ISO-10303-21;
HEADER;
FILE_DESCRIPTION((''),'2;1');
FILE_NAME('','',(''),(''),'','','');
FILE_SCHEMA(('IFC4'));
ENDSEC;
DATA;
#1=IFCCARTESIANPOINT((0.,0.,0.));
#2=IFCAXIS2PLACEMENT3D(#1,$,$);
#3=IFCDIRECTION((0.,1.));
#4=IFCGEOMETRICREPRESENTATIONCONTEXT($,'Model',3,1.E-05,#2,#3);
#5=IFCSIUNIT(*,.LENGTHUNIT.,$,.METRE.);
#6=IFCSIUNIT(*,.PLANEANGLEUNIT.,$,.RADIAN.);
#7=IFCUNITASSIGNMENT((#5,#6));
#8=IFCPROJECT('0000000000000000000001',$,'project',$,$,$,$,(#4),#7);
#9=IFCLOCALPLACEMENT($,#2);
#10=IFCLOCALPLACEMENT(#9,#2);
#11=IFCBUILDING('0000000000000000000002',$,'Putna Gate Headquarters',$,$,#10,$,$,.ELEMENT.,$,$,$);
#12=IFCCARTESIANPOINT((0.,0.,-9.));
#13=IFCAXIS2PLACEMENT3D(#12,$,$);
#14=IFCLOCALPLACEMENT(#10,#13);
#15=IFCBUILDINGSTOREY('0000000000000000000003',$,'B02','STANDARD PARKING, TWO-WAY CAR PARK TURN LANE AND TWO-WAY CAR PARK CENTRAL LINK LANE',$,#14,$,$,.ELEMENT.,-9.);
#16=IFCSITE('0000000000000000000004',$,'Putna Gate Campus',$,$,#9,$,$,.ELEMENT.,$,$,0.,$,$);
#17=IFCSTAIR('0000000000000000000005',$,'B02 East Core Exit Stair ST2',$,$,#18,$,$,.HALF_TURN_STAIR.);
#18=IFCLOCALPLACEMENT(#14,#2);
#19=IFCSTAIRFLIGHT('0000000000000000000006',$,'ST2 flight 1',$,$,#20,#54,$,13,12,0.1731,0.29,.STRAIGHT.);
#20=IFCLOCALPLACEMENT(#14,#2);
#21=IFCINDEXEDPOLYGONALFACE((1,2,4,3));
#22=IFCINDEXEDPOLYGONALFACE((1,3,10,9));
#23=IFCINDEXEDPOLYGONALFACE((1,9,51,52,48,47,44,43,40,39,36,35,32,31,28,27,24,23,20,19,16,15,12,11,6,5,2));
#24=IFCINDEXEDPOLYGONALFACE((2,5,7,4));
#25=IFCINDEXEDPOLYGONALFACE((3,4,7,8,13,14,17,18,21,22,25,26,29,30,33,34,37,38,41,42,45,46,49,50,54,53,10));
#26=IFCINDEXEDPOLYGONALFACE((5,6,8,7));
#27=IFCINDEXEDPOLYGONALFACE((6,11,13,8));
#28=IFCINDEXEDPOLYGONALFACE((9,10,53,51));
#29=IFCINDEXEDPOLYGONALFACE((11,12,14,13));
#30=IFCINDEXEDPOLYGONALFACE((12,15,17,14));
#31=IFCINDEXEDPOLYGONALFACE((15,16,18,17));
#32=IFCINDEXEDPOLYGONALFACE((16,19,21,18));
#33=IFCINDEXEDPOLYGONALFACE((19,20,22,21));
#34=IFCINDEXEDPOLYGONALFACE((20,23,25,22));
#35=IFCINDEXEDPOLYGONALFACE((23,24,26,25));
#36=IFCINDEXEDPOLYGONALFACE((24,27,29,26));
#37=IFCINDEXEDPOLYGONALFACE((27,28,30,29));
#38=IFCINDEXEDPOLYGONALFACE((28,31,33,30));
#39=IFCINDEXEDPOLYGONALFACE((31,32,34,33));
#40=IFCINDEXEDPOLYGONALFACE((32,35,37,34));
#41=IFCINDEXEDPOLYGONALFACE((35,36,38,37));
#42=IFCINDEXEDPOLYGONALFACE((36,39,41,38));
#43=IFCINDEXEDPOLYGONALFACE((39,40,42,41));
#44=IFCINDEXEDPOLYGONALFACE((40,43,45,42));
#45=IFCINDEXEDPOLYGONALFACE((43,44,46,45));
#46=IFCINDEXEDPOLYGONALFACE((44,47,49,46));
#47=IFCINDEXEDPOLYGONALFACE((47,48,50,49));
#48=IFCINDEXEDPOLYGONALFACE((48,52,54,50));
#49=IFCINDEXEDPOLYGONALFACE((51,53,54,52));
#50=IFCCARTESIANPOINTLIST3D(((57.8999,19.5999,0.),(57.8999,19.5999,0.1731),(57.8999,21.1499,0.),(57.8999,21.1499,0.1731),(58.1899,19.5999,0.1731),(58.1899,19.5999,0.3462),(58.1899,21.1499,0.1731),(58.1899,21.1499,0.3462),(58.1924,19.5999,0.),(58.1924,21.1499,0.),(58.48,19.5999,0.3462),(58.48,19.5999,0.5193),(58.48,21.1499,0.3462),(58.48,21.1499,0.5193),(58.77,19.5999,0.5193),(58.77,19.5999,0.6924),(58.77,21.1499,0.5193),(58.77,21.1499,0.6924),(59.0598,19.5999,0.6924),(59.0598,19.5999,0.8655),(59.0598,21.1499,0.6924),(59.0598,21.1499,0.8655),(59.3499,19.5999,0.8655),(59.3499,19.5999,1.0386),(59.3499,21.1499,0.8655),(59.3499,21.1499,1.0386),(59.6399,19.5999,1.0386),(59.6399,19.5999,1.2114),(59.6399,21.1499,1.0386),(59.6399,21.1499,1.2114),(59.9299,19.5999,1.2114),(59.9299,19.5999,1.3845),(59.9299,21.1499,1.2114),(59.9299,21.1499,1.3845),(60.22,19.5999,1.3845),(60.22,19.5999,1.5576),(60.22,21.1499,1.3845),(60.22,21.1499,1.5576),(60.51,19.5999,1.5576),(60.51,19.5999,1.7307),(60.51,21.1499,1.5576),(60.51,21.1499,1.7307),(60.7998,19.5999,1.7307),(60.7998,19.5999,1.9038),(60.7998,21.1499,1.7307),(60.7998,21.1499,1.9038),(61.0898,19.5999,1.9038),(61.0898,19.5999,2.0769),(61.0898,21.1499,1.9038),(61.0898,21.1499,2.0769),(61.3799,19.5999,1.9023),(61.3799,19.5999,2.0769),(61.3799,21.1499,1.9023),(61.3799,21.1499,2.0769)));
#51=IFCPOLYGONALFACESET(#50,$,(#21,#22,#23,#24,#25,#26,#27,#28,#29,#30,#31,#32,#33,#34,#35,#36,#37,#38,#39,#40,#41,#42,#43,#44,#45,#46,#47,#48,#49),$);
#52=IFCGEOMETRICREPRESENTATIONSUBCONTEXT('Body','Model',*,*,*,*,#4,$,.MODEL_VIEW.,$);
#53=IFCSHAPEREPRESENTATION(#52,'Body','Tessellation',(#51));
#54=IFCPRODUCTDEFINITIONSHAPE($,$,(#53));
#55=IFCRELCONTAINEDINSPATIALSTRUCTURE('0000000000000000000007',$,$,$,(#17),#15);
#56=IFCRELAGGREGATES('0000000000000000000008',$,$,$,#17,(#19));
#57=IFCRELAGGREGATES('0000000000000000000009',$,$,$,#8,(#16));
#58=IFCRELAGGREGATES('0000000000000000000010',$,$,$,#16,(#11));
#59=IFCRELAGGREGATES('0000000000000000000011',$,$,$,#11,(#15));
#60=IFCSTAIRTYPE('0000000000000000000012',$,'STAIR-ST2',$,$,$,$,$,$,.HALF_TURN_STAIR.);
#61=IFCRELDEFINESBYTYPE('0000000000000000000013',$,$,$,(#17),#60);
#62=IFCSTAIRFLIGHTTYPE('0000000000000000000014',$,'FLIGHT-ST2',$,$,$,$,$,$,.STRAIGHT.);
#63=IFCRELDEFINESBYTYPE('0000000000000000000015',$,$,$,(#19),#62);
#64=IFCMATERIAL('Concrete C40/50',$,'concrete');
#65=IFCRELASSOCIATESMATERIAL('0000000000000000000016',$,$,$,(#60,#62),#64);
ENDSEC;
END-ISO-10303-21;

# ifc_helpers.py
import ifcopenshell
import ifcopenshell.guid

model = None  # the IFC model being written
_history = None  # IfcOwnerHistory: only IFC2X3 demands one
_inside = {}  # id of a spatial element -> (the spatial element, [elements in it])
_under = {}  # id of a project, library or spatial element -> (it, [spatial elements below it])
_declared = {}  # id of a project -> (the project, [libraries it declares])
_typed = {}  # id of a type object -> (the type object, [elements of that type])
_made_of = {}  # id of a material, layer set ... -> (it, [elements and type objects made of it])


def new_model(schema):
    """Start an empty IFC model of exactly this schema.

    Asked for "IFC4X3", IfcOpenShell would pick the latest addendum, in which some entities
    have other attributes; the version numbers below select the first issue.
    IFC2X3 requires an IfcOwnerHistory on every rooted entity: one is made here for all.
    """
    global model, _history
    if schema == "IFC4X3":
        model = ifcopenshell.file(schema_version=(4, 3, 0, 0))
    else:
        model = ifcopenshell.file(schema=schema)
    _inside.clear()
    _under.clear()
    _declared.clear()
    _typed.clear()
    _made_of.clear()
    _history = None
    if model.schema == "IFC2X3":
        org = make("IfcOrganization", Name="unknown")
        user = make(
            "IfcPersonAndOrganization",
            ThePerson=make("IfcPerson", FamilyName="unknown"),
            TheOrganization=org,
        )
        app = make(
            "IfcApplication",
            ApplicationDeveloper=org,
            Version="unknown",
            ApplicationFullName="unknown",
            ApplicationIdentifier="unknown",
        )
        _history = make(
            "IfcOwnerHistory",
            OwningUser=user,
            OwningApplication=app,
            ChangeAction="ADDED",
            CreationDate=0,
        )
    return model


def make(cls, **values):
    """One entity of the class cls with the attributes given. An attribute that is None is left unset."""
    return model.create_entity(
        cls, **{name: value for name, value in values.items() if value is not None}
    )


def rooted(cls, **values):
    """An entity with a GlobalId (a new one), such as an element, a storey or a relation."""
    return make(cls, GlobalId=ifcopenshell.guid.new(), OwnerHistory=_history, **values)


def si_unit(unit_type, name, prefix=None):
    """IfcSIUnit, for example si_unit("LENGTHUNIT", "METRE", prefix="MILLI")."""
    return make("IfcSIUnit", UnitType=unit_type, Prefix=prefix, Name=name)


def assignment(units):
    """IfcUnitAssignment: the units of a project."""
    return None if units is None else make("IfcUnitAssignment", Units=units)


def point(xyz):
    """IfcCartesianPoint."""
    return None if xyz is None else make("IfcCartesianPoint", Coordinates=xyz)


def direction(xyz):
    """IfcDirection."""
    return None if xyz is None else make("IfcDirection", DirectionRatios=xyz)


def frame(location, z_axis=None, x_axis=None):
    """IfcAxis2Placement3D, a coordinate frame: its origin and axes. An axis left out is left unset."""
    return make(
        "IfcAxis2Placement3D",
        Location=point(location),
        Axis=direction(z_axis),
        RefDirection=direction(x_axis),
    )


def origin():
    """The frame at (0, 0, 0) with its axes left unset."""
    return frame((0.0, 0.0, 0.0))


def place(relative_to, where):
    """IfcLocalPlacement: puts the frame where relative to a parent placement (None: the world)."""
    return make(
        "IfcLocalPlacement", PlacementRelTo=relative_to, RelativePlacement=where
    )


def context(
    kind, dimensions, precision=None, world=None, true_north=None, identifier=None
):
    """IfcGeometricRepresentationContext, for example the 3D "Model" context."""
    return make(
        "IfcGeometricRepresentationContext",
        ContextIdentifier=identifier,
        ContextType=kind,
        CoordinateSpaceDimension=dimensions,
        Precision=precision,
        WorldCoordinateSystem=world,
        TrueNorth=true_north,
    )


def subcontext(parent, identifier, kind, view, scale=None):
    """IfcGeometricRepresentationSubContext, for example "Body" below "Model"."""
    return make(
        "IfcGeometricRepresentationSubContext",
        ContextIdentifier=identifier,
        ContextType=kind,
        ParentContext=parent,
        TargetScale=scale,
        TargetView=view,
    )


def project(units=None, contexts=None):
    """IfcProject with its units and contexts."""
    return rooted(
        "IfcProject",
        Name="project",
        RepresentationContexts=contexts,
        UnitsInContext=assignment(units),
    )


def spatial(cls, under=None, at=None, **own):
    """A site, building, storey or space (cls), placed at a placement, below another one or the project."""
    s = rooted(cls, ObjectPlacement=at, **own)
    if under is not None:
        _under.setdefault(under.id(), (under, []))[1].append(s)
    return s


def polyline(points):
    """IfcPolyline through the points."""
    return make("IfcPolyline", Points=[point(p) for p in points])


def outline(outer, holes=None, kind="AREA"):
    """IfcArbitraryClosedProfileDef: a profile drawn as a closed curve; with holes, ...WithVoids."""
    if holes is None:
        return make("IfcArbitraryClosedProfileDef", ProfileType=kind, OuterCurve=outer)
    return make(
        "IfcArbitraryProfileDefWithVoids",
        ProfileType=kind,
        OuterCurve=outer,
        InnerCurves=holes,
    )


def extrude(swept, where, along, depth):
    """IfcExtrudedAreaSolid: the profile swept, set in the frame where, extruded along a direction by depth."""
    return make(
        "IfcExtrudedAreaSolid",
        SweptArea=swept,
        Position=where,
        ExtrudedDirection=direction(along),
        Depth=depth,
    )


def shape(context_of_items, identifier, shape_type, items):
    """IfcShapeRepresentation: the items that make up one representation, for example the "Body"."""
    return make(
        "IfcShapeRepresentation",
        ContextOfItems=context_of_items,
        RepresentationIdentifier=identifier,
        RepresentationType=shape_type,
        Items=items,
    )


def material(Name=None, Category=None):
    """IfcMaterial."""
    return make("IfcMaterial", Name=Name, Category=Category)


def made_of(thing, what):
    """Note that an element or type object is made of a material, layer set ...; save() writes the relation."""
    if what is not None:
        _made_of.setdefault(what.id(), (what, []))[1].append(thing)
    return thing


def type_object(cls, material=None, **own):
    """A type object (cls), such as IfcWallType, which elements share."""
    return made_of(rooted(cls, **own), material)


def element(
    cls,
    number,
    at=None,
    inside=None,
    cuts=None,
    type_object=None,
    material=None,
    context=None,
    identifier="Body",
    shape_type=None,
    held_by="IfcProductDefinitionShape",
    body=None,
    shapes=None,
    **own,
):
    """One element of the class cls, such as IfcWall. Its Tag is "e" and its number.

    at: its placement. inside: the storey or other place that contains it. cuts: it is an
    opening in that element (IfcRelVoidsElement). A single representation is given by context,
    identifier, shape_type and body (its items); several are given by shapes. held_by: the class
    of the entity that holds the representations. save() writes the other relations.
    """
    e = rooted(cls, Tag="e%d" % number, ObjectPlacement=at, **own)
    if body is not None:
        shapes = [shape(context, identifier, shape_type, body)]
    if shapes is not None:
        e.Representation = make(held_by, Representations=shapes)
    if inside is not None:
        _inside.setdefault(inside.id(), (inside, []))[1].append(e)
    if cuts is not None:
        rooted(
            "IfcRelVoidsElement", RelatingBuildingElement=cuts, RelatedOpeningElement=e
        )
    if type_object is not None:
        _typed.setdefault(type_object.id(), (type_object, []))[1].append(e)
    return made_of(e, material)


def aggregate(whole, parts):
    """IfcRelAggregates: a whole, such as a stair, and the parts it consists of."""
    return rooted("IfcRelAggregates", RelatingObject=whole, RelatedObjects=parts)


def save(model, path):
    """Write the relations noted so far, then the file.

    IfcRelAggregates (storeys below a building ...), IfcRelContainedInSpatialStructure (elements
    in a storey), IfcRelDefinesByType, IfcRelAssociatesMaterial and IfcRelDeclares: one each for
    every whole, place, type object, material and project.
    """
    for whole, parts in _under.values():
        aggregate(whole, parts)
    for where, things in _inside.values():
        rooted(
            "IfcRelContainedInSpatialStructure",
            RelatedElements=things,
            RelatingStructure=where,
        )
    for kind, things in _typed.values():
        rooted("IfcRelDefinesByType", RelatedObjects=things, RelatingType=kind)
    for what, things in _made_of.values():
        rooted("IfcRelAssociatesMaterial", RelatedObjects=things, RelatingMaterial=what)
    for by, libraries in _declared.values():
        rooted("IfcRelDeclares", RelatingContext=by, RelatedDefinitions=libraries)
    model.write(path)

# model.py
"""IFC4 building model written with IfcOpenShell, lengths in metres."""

from ifc_helpers import new_model, si_unit, direction, frame, origin, place, context, subcontext, project, spatial, polyline, outline, extrude, material, type_object, element, aggregate, save


model = new_model("IFC4")

# Units and contexts
model_context = context("Model", 3, precision=1e-05, world=origin(), true_north=direction((0.0, 1.0)))
body_context = subcontext(model_context, "Body", "Model", "MODEL_VIEW")
ifc_project = project(units=[si_unit("LENGTHUNIT", "METRE"), si_unit("PLANEANGLEUNIT", "RADIAN")], contexts=[model_context])

# Site, building, storey
site_placement = place(None, origin())
site = spatial("IfcSite", under=ifc_project, at=site_placement, Name="Putna Gate Campus", CompositionType="ELEMENT", RefElevation=0.0)
building_placement = place(site_placement, origin())
building = spatial("IfcBuilding", under=site, at=building_placement, Name="Putna Gate Headquarters", CompositionType="ELEMENT")
storey_placement = place(building_placement, frame((0.0, 0.0, -9.0)))
storey = spatial("IfcBuildingStorey", under=building, at=storey_placement, Name="B02", Description="STANDARD PARKING, TWO-WAY CAR PARK TURN LANE AND TWO-WAY CAR PARK CENTRAL LINK LANE", CompositionType="ELEMENT", Elevation=-9.0)

# Shared definitions
ifc_material_1 = material(Name="Concrete C40/50", Category="concrete")

# Stair, stair flight
stair_type = type_object("IfcStairType", Name="STAIR-ST2", PredefinedType="HALF_TURN_STAIR", material=ifc_material_1)
stair_placement = place(storey_placement, origin())
stair = element("IfcStair", 1, at=stair_placement, inside=storey, type_object=stair_type, Name="B02 East Core Exit Stair ST2", PredefinedType="HALF_TURN_STAIR")
stair_flight_type = type_object("IfcStairFlightType", Name="FLIGHT-ST2", PredefinedType="STRAIGHT", material=ifc_material_1)
stair_flight_placement = place(storey_placement, frame((57.8999, 20.375, 0.0), z_axis=(0.0, 0.0, 1.0), x_axis=(1.0, 0.0, 0.0)))
stair_flight = element("IfcStairFlight", 2, at=stair_flight_placement, type_object=stair_flight_type, Name="ST2 flight 1", NumberOfRisers=13, NumberOfTreads=12, PredefinedType="STRAIGHT", RiserHeight=0.1731, TreadLength=0.29, context=body_context, shape_type="SweptSolid", body=[
    extrude(outline(polyline([(0.0, 0.0), (0.0, 0.1731), (0.29, 0.1731), (0.29, 0.3462), (0.5801, 0.3462), (0.5801, 0.5193), (0.8701, 0.5193), (0.8701, 0.6924), (1.1599, 0.6924), (1.1599, 0.8655), (1.45, 0.8655), (1.45, 1.0386), (1.74, 1.0386), (1.74, 1.2114), (2.03, 1.2114), (2.03, 1.3845), (2.3201, 1.3845), (2.3201, 1.5576), (2.6101, 1.5576), (2.6101, 1.7307), (2.8999, 1.7307), (2.8999, 1.9038), (3.1899, 1.9038), (3.1899, 2.0769), (3.48, 2.0769), (3.48, 2.25), (3.48, 1.9023), (0.2925, 0.0), (0.0, 0.0)])), frame((0.0, 0.7749, 0.0), z_axis=(0.0, -1.0, 0.0), x_axis=(1.0, 0.0, 0.0)), (0.0, 0.0, 1.0), 1.55),
])
aggregate(stair, [stair_flight])

save(model, "model.ifc")
